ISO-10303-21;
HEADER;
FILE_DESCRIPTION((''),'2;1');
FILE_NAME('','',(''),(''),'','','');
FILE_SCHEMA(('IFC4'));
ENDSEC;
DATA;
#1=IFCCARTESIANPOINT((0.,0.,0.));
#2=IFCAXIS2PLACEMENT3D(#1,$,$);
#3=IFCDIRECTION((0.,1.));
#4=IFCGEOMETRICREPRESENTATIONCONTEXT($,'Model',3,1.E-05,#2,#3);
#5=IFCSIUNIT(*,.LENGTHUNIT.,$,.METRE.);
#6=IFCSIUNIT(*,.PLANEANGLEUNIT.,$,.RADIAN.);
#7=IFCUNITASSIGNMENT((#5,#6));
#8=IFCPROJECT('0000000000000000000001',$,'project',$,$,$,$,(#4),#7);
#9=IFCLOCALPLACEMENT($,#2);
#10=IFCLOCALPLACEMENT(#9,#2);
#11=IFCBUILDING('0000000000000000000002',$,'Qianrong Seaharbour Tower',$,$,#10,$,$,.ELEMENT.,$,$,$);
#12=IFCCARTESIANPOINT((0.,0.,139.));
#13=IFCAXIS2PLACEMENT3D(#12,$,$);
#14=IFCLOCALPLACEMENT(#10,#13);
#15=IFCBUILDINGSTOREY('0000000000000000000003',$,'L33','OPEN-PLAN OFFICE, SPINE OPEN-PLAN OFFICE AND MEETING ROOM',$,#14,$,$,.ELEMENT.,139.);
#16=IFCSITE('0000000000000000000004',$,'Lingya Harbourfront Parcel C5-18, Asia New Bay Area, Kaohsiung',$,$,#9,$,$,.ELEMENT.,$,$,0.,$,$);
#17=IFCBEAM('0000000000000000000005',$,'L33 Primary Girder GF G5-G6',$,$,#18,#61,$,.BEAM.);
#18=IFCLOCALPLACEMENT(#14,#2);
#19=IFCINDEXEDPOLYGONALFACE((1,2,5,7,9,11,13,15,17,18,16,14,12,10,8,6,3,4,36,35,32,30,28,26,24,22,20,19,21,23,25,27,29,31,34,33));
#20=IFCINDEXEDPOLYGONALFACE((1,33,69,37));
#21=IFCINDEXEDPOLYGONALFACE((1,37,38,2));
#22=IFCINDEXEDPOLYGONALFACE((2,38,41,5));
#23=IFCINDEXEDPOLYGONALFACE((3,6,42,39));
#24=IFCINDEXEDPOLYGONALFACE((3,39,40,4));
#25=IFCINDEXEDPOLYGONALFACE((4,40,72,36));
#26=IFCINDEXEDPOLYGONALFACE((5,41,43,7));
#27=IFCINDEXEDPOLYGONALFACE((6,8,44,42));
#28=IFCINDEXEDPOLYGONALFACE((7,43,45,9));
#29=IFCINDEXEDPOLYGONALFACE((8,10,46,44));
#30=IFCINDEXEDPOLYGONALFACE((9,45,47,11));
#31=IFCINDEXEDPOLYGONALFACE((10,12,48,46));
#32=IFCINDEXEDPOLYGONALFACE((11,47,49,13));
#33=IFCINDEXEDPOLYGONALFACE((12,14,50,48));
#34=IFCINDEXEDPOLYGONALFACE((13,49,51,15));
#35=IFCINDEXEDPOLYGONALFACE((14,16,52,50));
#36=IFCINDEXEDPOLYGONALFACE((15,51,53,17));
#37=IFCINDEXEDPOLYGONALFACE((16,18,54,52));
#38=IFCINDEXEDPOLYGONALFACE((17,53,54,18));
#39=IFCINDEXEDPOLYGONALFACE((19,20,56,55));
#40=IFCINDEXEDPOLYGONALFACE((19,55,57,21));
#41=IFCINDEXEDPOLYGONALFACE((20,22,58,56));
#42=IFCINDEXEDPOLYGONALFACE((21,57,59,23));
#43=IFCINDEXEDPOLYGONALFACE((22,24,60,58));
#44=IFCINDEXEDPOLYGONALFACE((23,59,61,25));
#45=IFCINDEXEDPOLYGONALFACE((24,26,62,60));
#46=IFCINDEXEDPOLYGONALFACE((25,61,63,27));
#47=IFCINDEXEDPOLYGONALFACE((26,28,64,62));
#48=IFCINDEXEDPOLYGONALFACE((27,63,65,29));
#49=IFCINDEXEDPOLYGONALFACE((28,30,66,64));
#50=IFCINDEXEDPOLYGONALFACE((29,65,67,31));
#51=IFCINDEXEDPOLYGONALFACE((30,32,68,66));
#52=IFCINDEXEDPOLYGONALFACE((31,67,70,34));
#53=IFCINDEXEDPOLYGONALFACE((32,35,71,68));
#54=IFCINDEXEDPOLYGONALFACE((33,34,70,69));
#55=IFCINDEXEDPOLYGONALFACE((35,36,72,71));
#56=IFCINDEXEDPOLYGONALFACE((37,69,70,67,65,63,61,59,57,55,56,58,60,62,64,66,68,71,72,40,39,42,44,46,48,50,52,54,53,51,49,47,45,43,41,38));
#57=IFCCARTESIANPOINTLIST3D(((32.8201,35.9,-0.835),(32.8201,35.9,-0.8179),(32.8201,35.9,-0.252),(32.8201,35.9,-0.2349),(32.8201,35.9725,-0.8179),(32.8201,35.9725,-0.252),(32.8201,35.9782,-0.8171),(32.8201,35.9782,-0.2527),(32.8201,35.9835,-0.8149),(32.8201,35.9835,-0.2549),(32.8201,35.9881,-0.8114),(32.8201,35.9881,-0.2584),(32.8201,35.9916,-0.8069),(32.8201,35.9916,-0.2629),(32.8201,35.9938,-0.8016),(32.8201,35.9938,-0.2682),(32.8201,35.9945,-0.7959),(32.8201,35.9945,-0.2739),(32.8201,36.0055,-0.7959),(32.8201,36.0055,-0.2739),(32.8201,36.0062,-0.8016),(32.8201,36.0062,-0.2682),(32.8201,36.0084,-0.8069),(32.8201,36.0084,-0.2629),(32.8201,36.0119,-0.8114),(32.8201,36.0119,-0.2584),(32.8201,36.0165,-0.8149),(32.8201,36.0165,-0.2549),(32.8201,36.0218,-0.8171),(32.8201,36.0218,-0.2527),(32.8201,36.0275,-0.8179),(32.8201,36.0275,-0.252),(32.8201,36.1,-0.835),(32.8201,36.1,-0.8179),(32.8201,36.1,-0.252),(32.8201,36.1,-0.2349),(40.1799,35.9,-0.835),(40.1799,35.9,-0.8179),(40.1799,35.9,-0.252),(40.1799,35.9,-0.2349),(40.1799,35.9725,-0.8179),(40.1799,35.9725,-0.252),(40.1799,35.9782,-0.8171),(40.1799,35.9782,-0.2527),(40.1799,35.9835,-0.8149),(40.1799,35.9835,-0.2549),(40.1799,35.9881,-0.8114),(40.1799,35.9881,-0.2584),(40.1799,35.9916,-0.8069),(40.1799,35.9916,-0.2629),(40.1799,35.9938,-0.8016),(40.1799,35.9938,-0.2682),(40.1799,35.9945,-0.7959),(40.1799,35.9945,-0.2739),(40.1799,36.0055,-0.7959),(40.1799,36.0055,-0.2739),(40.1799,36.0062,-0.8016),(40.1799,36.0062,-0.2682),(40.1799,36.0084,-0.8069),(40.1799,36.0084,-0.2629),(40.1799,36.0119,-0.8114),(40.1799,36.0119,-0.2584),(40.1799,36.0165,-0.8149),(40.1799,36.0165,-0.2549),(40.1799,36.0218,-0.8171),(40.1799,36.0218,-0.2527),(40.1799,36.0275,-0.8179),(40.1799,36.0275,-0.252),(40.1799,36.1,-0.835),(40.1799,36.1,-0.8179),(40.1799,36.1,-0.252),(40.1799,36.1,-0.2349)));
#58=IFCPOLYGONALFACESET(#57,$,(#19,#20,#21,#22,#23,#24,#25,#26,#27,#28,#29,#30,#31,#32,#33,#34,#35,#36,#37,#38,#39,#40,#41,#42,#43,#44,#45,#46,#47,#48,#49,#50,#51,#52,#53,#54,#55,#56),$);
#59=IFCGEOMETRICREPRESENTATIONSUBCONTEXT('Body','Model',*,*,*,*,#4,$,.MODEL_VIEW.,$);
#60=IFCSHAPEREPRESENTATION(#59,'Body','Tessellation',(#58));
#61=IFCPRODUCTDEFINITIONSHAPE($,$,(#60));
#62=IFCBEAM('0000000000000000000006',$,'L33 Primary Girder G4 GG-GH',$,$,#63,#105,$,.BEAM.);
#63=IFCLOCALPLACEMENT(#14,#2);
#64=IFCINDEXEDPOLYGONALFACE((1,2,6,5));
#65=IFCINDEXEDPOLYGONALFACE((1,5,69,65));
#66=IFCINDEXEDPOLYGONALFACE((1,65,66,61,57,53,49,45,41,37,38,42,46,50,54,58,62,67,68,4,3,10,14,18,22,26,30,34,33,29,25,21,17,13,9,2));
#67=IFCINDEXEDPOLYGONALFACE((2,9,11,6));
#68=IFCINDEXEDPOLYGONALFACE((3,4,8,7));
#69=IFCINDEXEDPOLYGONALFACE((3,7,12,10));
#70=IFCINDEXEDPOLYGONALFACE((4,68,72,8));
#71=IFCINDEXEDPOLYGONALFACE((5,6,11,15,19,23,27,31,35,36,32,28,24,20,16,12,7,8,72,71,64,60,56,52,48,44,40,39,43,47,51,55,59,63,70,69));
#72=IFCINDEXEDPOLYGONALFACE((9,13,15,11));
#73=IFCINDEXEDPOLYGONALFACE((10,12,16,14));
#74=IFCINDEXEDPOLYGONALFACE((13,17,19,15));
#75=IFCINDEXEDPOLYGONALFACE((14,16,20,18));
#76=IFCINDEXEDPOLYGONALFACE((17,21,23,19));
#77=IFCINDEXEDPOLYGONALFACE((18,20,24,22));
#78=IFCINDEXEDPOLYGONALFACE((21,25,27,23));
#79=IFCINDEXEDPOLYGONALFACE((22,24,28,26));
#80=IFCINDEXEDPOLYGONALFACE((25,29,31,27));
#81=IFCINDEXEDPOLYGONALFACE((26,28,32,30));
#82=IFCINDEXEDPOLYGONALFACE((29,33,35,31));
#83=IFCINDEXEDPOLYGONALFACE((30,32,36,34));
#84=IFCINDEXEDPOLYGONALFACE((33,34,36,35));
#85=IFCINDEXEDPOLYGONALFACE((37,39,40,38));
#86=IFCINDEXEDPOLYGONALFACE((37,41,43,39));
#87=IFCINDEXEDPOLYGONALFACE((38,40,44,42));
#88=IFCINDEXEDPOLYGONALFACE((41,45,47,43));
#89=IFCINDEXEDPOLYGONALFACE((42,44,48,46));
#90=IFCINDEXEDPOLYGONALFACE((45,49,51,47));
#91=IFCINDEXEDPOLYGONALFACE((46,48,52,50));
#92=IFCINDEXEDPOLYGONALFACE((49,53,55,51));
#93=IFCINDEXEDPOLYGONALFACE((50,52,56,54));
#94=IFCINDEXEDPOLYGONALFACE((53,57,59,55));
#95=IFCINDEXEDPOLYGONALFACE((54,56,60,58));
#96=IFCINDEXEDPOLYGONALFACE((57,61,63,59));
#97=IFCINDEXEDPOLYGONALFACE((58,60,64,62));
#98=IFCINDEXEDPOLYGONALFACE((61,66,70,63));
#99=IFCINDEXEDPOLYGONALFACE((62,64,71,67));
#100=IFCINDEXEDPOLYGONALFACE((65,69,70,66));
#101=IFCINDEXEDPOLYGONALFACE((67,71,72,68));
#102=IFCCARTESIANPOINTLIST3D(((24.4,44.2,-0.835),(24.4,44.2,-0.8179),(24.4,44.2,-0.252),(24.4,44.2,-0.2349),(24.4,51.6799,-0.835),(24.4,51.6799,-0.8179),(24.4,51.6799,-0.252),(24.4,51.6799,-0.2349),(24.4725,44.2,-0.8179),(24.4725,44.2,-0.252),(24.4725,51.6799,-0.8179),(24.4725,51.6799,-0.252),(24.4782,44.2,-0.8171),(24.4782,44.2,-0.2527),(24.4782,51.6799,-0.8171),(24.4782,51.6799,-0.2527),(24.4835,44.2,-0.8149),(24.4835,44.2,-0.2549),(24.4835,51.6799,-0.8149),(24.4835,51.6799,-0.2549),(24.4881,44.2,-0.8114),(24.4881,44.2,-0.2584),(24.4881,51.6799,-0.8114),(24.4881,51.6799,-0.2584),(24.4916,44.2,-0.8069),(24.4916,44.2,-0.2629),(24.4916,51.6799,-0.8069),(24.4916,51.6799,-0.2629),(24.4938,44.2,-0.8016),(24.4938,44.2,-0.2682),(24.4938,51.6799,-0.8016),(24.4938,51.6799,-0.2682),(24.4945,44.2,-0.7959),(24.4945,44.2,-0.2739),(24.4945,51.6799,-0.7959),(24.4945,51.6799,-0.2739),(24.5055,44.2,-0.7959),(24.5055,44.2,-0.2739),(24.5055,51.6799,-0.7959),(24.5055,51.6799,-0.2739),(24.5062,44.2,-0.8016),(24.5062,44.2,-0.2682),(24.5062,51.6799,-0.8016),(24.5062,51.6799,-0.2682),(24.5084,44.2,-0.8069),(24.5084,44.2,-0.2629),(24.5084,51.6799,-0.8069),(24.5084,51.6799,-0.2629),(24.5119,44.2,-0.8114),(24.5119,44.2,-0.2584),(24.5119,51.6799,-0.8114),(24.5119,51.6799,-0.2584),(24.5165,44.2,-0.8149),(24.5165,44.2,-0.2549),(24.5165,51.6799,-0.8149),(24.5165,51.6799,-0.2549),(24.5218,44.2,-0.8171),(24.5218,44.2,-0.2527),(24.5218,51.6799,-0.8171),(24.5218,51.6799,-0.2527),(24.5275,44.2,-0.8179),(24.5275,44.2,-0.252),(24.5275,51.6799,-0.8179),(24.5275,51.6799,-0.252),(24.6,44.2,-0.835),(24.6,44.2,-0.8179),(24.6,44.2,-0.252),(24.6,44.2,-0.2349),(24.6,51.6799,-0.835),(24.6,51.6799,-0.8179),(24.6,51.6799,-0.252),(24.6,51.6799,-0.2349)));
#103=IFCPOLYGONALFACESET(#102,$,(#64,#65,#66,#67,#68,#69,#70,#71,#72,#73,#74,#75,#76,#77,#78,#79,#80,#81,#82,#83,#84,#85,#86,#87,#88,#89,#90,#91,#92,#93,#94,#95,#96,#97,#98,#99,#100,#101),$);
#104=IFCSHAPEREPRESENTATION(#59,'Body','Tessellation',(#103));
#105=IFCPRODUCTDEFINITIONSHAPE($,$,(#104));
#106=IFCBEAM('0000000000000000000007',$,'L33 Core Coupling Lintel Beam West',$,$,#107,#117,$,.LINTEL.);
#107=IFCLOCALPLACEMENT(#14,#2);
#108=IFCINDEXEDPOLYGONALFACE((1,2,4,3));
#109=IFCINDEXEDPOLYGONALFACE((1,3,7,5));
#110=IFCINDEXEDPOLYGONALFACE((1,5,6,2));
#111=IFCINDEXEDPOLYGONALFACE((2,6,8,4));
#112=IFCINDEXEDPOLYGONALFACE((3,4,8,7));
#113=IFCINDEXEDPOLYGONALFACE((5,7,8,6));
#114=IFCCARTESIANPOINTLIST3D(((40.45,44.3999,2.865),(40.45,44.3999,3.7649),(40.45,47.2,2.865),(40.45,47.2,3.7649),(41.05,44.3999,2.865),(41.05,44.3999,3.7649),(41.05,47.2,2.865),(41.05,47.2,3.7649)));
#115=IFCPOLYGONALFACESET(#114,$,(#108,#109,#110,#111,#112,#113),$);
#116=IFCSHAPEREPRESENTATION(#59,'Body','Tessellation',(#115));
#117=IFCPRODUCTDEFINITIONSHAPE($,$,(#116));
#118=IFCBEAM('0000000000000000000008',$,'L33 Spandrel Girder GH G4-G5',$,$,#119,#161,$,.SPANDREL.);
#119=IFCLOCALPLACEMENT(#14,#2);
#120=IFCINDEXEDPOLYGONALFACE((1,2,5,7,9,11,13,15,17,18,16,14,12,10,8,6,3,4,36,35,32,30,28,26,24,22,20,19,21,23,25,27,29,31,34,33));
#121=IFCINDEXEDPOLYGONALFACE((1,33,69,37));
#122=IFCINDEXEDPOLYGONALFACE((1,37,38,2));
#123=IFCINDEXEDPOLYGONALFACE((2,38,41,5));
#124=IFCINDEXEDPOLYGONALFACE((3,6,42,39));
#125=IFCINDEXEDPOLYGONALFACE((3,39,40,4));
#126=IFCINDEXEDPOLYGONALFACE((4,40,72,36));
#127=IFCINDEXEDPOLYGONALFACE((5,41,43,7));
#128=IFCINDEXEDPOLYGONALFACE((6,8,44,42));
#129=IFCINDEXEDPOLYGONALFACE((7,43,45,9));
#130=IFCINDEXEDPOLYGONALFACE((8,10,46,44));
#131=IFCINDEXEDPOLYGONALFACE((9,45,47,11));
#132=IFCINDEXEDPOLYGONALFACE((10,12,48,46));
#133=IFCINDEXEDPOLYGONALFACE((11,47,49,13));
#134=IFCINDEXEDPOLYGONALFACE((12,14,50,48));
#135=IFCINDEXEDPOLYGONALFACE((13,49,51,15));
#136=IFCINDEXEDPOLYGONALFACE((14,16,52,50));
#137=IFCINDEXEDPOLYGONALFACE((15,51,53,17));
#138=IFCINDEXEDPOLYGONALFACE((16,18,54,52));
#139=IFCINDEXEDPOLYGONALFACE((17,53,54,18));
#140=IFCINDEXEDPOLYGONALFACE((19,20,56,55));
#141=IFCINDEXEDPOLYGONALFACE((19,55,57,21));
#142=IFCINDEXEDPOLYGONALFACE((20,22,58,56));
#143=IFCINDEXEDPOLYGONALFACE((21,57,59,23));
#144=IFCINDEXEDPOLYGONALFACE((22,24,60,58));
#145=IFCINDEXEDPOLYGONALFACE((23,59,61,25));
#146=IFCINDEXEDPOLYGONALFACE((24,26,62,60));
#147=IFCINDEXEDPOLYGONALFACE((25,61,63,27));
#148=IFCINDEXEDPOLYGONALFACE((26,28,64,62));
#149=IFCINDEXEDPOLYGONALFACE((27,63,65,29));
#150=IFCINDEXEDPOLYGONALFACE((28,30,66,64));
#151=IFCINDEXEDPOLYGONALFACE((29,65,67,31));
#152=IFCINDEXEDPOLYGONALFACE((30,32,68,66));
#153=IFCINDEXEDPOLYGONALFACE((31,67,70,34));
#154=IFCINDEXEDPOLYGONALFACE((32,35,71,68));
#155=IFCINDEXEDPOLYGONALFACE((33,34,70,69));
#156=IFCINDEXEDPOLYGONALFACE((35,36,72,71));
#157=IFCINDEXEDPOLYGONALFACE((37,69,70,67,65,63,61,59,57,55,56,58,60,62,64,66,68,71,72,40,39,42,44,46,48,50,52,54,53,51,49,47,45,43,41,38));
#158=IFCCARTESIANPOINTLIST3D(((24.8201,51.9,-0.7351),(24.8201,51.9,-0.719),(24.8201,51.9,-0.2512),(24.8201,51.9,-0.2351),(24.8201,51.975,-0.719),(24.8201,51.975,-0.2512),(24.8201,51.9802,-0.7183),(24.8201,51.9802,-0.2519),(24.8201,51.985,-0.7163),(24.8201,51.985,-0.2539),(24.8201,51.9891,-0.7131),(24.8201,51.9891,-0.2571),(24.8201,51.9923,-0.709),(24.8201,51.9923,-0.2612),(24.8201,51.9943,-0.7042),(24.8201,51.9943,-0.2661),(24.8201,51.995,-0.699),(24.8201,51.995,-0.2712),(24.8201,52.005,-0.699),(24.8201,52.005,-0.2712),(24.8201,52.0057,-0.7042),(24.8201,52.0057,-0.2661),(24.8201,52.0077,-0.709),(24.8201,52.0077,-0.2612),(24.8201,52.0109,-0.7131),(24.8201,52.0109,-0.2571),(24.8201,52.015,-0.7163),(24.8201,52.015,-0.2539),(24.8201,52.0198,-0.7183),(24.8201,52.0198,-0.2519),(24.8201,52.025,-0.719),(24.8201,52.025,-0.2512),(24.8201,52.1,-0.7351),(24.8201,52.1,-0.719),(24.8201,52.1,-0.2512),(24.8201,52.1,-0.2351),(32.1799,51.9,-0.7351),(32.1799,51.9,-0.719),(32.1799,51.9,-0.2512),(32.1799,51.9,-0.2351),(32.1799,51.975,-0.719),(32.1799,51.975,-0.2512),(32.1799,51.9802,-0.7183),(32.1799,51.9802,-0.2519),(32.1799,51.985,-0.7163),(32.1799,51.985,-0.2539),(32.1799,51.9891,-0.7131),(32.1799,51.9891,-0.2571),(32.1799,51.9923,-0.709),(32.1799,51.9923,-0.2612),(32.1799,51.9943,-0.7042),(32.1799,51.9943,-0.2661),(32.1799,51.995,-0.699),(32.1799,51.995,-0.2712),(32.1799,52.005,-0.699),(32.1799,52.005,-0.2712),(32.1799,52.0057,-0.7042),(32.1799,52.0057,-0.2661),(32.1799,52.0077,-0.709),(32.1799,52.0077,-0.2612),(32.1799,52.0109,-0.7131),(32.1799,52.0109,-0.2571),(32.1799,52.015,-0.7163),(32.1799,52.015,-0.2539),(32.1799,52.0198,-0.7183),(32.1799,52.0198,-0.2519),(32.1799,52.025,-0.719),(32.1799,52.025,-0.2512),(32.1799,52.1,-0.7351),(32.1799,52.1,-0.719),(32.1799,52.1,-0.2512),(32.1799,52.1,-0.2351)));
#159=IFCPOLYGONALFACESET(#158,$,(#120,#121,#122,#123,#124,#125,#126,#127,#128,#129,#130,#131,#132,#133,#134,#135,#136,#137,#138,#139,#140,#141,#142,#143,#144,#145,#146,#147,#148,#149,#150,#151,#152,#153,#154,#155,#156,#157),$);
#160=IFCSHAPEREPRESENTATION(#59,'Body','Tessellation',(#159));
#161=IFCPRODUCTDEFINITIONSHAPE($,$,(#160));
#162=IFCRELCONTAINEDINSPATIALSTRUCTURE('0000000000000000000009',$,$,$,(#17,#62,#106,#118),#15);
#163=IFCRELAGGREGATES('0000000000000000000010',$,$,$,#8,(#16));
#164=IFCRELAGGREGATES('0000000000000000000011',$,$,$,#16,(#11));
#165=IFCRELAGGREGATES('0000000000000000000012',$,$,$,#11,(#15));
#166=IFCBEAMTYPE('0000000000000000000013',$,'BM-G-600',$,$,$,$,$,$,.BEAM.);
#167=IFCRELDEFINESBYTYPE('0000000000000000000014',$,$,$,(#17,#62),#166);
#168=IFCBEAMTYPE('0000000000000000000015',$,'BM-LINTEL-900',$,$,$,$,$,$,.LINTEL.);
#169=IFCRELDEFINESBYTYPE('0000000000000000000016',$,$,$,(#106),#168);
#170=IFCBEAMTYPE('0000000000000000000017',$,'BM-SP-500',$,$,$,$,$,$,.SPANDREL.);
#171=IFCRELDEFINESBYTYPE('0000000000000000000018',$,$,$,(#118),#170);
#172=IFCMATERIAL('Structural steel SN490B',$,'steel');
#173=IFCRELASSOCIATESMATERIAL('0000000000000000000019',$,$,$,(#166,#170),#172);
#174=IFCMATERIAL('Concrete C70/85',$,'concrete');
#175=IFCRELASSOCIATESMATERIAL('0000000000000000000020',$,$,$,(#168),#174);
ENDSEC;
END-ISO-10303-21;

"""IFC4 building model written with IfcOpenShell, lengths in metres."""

from ifc_helpers import new_model, si_unit, direction, frame, origin, origin_2d, place, context, subcontext, project, spatial, rectangle, i_section, extrude, material, material_profile, profile_set, type_object, element, save


model = new_model("IFC4")

# Units and contexts
model_context = context("Model", 3, precision=1e-05, world=origin(), true_north=direction((0.0, 1.0)))
body_context = subcontext(model_context, "Body", "Model", "MODEL_VIEW")
ifc_project = project(units=[si_unit("LENGTHUNIT", "METRE"), si_unit("PLANEANGLEUNIT", "RADIAN")], contexts=[model_context])

# Site, building, storey
site_placement = place(None, origin())
site = spatial("IfcSite", under=ifc_project, at=site_placement, Name="Lingya Harbourfront Parcel C5-18, Asia New Bay Area, Kaohsiung", CompositionType="ELEMENT", RefElevation=0.0)
building_placement = place(site_placement, origin())
building = spatial("IfcBuilding", under=site, at=building_placement, Name="Qianrong Seaharbour Tower", CompositionType="ELEMENT")
storey_placement = place(building_placement, frame((0.0, 0.0, 139.0)))
storey = spatial("IfcBuildingStorey", under=building, at=storey_placement, Name="L33", Description="OPEN-PLAN OFFICE, SPINE OPEN-PLAN OFFICE AND MEETING ROOM", CompositionType="ELEMENT", Elevation=139.0)

# Shared definitions
ifc_material_1 = material(Name="Structural steel SN490B", Category="steel")

# Beams
ifc_material_profile_1 = material_profile(ifc_material_1, i_section(OverallWidth=0.2, OverallDepth=0.6001, WebThickness=0.011, FlangeThickness=0.0171, FilletRadius=0.022, at=origin_2d()), Name="H600x200x11x17")
ifc_profile_set_1 = profile_set([ifc_material_profile_1], Name="Structural steel SN490B")
beam_type_1 = type_object("IfcBeamType", Name="BM-G-600", PredefinedType="BEAM", material=ifc_profile_set_1)
beam_1_placement = place(storey_placement, frame((32.8201, 36.0, -0.5349), z_axis=(1.0, 0.0, 0.0), x_axis=(0.0, 1.0, 0.0)))
element("IfcBeam", 1, at=beam_1_placement, inside=storey, type_object=beam_type_1, Name="L33 Primary Girder GF G5-G6", PredefinedType="BEAM", context=body_context, shape_type="SweptSolid", body=[
    extrude(i_section(OverallWidth=0.2, OverallDepth=0.6001, WebThickness=0.011, FlangeThickness=0.0171, FilletRadius=0.022, at=origin_2d()), origin(), (0.0, 0.0, 1.0), 7.3599),
])
beam_2_placement = place(storey_placement, frame((24.5, 44.2, -0.5349), z_axis=(0.0, 1.0, 0.0), x_axis=(-1.0, 0.0, 0.0)))
element("IfcBeam", 2, at=beam_2_placement, inside=storey, type_object=beam_type_1, Name="L33 Primary Girder G4 GG-GH", PredefinedType="BEAM", context=body_context, shape_type="SweptSolid", body=[
    extrude(i_section(OverallWidth=0.2, OverallDepth=0.6001, WebThickness=0.011, FlangeThickness=0.0171, FilletRadius=0.022, at=origin_2d()), origin(), (0.0, 0.0, 1.0), 7.48),
])
ifc_material_2 = material(Name="Concrete C70/85", Category="concrete")
ifc_material_profile_2 = material_profile(ifc_material_2, rectangle(XDim=0.6001, YDim=0.8999, at=origin_2d()), Name="RC600x900")
ifc_profile_set_2 = profile_set([ifc_material_profile_2], Name="Concrete C70/85")
beam_type_2 = type_object("IfcBeamType", Name="BM-LINTEL-900", PredefinedType="LINTEL", material=ifc_profile_set_2)
beam_3_placement = place(storey_placement, frame((40.75, 44.3999, 3.3149), z_axis=(0.0, 1.0, 0.0), x_axis=(-1.0, 0.0, 0.0)))
element("IfcBeam", 3, at=beam_3_placement, inside=storey, type_object=beam_type_2, Name="L33 Core Coupling Lintel Beam West", PredefinedType="LINTEL", context=body_context, shape_type="SweptSolid", body=[
    extrude(rectangle(XDim=0.6001, YDim=0.8999, at=origin_2d()), origin(), (0.0, 0.0, 1.0), 2.8),
])
ifc_material_profile_3 = material_profile(ifc_material_1, i_section(OverallWidth=0.2, OverallDepth=0.5, WebThickness=0.01, FlangeThickness=0.0161, FilletRadius=0.02, at=origin_2d()), Name="H500x200x10x16")
ifc_profile_set_3 = profile_set([ifc_material_profile_3], Name="Structural steel SN490B")
beam_type_3 = type_object("IfcBeamType", Name="BM-SP-500", PredefinedType="SPANDREL", material=ifc_profile_set_3)
for number, where, z_axis, x_axis, name in (
    (4, (24.8201, 52.0, -0.4851), (1.0, 0.0, 0.0), (0.0, 1.0, 0.0), "L33 Spandrel Girder GH G4-G5"),
):
    element("IfcBeam", number, at=place(storey_placement, frame(where, z_axis=z_axis, x_axis=x_axis)), inside=storey, type_object=beam_type_3, Name=name, PredefinedType="SPANDREL", context=body_context, shape_type="SweptSolid", body=[
        extrude(i_section(OverallWidth=0.2, OverallDepth=0.5, WebThickness=0.01, FlangeThickness=0.0161, FilletRadius=0.02, at=origin_2d()), origin(), (0.0, 0.0, 1.0), 7.3599),
    ])

save(model, "model.ifc")
